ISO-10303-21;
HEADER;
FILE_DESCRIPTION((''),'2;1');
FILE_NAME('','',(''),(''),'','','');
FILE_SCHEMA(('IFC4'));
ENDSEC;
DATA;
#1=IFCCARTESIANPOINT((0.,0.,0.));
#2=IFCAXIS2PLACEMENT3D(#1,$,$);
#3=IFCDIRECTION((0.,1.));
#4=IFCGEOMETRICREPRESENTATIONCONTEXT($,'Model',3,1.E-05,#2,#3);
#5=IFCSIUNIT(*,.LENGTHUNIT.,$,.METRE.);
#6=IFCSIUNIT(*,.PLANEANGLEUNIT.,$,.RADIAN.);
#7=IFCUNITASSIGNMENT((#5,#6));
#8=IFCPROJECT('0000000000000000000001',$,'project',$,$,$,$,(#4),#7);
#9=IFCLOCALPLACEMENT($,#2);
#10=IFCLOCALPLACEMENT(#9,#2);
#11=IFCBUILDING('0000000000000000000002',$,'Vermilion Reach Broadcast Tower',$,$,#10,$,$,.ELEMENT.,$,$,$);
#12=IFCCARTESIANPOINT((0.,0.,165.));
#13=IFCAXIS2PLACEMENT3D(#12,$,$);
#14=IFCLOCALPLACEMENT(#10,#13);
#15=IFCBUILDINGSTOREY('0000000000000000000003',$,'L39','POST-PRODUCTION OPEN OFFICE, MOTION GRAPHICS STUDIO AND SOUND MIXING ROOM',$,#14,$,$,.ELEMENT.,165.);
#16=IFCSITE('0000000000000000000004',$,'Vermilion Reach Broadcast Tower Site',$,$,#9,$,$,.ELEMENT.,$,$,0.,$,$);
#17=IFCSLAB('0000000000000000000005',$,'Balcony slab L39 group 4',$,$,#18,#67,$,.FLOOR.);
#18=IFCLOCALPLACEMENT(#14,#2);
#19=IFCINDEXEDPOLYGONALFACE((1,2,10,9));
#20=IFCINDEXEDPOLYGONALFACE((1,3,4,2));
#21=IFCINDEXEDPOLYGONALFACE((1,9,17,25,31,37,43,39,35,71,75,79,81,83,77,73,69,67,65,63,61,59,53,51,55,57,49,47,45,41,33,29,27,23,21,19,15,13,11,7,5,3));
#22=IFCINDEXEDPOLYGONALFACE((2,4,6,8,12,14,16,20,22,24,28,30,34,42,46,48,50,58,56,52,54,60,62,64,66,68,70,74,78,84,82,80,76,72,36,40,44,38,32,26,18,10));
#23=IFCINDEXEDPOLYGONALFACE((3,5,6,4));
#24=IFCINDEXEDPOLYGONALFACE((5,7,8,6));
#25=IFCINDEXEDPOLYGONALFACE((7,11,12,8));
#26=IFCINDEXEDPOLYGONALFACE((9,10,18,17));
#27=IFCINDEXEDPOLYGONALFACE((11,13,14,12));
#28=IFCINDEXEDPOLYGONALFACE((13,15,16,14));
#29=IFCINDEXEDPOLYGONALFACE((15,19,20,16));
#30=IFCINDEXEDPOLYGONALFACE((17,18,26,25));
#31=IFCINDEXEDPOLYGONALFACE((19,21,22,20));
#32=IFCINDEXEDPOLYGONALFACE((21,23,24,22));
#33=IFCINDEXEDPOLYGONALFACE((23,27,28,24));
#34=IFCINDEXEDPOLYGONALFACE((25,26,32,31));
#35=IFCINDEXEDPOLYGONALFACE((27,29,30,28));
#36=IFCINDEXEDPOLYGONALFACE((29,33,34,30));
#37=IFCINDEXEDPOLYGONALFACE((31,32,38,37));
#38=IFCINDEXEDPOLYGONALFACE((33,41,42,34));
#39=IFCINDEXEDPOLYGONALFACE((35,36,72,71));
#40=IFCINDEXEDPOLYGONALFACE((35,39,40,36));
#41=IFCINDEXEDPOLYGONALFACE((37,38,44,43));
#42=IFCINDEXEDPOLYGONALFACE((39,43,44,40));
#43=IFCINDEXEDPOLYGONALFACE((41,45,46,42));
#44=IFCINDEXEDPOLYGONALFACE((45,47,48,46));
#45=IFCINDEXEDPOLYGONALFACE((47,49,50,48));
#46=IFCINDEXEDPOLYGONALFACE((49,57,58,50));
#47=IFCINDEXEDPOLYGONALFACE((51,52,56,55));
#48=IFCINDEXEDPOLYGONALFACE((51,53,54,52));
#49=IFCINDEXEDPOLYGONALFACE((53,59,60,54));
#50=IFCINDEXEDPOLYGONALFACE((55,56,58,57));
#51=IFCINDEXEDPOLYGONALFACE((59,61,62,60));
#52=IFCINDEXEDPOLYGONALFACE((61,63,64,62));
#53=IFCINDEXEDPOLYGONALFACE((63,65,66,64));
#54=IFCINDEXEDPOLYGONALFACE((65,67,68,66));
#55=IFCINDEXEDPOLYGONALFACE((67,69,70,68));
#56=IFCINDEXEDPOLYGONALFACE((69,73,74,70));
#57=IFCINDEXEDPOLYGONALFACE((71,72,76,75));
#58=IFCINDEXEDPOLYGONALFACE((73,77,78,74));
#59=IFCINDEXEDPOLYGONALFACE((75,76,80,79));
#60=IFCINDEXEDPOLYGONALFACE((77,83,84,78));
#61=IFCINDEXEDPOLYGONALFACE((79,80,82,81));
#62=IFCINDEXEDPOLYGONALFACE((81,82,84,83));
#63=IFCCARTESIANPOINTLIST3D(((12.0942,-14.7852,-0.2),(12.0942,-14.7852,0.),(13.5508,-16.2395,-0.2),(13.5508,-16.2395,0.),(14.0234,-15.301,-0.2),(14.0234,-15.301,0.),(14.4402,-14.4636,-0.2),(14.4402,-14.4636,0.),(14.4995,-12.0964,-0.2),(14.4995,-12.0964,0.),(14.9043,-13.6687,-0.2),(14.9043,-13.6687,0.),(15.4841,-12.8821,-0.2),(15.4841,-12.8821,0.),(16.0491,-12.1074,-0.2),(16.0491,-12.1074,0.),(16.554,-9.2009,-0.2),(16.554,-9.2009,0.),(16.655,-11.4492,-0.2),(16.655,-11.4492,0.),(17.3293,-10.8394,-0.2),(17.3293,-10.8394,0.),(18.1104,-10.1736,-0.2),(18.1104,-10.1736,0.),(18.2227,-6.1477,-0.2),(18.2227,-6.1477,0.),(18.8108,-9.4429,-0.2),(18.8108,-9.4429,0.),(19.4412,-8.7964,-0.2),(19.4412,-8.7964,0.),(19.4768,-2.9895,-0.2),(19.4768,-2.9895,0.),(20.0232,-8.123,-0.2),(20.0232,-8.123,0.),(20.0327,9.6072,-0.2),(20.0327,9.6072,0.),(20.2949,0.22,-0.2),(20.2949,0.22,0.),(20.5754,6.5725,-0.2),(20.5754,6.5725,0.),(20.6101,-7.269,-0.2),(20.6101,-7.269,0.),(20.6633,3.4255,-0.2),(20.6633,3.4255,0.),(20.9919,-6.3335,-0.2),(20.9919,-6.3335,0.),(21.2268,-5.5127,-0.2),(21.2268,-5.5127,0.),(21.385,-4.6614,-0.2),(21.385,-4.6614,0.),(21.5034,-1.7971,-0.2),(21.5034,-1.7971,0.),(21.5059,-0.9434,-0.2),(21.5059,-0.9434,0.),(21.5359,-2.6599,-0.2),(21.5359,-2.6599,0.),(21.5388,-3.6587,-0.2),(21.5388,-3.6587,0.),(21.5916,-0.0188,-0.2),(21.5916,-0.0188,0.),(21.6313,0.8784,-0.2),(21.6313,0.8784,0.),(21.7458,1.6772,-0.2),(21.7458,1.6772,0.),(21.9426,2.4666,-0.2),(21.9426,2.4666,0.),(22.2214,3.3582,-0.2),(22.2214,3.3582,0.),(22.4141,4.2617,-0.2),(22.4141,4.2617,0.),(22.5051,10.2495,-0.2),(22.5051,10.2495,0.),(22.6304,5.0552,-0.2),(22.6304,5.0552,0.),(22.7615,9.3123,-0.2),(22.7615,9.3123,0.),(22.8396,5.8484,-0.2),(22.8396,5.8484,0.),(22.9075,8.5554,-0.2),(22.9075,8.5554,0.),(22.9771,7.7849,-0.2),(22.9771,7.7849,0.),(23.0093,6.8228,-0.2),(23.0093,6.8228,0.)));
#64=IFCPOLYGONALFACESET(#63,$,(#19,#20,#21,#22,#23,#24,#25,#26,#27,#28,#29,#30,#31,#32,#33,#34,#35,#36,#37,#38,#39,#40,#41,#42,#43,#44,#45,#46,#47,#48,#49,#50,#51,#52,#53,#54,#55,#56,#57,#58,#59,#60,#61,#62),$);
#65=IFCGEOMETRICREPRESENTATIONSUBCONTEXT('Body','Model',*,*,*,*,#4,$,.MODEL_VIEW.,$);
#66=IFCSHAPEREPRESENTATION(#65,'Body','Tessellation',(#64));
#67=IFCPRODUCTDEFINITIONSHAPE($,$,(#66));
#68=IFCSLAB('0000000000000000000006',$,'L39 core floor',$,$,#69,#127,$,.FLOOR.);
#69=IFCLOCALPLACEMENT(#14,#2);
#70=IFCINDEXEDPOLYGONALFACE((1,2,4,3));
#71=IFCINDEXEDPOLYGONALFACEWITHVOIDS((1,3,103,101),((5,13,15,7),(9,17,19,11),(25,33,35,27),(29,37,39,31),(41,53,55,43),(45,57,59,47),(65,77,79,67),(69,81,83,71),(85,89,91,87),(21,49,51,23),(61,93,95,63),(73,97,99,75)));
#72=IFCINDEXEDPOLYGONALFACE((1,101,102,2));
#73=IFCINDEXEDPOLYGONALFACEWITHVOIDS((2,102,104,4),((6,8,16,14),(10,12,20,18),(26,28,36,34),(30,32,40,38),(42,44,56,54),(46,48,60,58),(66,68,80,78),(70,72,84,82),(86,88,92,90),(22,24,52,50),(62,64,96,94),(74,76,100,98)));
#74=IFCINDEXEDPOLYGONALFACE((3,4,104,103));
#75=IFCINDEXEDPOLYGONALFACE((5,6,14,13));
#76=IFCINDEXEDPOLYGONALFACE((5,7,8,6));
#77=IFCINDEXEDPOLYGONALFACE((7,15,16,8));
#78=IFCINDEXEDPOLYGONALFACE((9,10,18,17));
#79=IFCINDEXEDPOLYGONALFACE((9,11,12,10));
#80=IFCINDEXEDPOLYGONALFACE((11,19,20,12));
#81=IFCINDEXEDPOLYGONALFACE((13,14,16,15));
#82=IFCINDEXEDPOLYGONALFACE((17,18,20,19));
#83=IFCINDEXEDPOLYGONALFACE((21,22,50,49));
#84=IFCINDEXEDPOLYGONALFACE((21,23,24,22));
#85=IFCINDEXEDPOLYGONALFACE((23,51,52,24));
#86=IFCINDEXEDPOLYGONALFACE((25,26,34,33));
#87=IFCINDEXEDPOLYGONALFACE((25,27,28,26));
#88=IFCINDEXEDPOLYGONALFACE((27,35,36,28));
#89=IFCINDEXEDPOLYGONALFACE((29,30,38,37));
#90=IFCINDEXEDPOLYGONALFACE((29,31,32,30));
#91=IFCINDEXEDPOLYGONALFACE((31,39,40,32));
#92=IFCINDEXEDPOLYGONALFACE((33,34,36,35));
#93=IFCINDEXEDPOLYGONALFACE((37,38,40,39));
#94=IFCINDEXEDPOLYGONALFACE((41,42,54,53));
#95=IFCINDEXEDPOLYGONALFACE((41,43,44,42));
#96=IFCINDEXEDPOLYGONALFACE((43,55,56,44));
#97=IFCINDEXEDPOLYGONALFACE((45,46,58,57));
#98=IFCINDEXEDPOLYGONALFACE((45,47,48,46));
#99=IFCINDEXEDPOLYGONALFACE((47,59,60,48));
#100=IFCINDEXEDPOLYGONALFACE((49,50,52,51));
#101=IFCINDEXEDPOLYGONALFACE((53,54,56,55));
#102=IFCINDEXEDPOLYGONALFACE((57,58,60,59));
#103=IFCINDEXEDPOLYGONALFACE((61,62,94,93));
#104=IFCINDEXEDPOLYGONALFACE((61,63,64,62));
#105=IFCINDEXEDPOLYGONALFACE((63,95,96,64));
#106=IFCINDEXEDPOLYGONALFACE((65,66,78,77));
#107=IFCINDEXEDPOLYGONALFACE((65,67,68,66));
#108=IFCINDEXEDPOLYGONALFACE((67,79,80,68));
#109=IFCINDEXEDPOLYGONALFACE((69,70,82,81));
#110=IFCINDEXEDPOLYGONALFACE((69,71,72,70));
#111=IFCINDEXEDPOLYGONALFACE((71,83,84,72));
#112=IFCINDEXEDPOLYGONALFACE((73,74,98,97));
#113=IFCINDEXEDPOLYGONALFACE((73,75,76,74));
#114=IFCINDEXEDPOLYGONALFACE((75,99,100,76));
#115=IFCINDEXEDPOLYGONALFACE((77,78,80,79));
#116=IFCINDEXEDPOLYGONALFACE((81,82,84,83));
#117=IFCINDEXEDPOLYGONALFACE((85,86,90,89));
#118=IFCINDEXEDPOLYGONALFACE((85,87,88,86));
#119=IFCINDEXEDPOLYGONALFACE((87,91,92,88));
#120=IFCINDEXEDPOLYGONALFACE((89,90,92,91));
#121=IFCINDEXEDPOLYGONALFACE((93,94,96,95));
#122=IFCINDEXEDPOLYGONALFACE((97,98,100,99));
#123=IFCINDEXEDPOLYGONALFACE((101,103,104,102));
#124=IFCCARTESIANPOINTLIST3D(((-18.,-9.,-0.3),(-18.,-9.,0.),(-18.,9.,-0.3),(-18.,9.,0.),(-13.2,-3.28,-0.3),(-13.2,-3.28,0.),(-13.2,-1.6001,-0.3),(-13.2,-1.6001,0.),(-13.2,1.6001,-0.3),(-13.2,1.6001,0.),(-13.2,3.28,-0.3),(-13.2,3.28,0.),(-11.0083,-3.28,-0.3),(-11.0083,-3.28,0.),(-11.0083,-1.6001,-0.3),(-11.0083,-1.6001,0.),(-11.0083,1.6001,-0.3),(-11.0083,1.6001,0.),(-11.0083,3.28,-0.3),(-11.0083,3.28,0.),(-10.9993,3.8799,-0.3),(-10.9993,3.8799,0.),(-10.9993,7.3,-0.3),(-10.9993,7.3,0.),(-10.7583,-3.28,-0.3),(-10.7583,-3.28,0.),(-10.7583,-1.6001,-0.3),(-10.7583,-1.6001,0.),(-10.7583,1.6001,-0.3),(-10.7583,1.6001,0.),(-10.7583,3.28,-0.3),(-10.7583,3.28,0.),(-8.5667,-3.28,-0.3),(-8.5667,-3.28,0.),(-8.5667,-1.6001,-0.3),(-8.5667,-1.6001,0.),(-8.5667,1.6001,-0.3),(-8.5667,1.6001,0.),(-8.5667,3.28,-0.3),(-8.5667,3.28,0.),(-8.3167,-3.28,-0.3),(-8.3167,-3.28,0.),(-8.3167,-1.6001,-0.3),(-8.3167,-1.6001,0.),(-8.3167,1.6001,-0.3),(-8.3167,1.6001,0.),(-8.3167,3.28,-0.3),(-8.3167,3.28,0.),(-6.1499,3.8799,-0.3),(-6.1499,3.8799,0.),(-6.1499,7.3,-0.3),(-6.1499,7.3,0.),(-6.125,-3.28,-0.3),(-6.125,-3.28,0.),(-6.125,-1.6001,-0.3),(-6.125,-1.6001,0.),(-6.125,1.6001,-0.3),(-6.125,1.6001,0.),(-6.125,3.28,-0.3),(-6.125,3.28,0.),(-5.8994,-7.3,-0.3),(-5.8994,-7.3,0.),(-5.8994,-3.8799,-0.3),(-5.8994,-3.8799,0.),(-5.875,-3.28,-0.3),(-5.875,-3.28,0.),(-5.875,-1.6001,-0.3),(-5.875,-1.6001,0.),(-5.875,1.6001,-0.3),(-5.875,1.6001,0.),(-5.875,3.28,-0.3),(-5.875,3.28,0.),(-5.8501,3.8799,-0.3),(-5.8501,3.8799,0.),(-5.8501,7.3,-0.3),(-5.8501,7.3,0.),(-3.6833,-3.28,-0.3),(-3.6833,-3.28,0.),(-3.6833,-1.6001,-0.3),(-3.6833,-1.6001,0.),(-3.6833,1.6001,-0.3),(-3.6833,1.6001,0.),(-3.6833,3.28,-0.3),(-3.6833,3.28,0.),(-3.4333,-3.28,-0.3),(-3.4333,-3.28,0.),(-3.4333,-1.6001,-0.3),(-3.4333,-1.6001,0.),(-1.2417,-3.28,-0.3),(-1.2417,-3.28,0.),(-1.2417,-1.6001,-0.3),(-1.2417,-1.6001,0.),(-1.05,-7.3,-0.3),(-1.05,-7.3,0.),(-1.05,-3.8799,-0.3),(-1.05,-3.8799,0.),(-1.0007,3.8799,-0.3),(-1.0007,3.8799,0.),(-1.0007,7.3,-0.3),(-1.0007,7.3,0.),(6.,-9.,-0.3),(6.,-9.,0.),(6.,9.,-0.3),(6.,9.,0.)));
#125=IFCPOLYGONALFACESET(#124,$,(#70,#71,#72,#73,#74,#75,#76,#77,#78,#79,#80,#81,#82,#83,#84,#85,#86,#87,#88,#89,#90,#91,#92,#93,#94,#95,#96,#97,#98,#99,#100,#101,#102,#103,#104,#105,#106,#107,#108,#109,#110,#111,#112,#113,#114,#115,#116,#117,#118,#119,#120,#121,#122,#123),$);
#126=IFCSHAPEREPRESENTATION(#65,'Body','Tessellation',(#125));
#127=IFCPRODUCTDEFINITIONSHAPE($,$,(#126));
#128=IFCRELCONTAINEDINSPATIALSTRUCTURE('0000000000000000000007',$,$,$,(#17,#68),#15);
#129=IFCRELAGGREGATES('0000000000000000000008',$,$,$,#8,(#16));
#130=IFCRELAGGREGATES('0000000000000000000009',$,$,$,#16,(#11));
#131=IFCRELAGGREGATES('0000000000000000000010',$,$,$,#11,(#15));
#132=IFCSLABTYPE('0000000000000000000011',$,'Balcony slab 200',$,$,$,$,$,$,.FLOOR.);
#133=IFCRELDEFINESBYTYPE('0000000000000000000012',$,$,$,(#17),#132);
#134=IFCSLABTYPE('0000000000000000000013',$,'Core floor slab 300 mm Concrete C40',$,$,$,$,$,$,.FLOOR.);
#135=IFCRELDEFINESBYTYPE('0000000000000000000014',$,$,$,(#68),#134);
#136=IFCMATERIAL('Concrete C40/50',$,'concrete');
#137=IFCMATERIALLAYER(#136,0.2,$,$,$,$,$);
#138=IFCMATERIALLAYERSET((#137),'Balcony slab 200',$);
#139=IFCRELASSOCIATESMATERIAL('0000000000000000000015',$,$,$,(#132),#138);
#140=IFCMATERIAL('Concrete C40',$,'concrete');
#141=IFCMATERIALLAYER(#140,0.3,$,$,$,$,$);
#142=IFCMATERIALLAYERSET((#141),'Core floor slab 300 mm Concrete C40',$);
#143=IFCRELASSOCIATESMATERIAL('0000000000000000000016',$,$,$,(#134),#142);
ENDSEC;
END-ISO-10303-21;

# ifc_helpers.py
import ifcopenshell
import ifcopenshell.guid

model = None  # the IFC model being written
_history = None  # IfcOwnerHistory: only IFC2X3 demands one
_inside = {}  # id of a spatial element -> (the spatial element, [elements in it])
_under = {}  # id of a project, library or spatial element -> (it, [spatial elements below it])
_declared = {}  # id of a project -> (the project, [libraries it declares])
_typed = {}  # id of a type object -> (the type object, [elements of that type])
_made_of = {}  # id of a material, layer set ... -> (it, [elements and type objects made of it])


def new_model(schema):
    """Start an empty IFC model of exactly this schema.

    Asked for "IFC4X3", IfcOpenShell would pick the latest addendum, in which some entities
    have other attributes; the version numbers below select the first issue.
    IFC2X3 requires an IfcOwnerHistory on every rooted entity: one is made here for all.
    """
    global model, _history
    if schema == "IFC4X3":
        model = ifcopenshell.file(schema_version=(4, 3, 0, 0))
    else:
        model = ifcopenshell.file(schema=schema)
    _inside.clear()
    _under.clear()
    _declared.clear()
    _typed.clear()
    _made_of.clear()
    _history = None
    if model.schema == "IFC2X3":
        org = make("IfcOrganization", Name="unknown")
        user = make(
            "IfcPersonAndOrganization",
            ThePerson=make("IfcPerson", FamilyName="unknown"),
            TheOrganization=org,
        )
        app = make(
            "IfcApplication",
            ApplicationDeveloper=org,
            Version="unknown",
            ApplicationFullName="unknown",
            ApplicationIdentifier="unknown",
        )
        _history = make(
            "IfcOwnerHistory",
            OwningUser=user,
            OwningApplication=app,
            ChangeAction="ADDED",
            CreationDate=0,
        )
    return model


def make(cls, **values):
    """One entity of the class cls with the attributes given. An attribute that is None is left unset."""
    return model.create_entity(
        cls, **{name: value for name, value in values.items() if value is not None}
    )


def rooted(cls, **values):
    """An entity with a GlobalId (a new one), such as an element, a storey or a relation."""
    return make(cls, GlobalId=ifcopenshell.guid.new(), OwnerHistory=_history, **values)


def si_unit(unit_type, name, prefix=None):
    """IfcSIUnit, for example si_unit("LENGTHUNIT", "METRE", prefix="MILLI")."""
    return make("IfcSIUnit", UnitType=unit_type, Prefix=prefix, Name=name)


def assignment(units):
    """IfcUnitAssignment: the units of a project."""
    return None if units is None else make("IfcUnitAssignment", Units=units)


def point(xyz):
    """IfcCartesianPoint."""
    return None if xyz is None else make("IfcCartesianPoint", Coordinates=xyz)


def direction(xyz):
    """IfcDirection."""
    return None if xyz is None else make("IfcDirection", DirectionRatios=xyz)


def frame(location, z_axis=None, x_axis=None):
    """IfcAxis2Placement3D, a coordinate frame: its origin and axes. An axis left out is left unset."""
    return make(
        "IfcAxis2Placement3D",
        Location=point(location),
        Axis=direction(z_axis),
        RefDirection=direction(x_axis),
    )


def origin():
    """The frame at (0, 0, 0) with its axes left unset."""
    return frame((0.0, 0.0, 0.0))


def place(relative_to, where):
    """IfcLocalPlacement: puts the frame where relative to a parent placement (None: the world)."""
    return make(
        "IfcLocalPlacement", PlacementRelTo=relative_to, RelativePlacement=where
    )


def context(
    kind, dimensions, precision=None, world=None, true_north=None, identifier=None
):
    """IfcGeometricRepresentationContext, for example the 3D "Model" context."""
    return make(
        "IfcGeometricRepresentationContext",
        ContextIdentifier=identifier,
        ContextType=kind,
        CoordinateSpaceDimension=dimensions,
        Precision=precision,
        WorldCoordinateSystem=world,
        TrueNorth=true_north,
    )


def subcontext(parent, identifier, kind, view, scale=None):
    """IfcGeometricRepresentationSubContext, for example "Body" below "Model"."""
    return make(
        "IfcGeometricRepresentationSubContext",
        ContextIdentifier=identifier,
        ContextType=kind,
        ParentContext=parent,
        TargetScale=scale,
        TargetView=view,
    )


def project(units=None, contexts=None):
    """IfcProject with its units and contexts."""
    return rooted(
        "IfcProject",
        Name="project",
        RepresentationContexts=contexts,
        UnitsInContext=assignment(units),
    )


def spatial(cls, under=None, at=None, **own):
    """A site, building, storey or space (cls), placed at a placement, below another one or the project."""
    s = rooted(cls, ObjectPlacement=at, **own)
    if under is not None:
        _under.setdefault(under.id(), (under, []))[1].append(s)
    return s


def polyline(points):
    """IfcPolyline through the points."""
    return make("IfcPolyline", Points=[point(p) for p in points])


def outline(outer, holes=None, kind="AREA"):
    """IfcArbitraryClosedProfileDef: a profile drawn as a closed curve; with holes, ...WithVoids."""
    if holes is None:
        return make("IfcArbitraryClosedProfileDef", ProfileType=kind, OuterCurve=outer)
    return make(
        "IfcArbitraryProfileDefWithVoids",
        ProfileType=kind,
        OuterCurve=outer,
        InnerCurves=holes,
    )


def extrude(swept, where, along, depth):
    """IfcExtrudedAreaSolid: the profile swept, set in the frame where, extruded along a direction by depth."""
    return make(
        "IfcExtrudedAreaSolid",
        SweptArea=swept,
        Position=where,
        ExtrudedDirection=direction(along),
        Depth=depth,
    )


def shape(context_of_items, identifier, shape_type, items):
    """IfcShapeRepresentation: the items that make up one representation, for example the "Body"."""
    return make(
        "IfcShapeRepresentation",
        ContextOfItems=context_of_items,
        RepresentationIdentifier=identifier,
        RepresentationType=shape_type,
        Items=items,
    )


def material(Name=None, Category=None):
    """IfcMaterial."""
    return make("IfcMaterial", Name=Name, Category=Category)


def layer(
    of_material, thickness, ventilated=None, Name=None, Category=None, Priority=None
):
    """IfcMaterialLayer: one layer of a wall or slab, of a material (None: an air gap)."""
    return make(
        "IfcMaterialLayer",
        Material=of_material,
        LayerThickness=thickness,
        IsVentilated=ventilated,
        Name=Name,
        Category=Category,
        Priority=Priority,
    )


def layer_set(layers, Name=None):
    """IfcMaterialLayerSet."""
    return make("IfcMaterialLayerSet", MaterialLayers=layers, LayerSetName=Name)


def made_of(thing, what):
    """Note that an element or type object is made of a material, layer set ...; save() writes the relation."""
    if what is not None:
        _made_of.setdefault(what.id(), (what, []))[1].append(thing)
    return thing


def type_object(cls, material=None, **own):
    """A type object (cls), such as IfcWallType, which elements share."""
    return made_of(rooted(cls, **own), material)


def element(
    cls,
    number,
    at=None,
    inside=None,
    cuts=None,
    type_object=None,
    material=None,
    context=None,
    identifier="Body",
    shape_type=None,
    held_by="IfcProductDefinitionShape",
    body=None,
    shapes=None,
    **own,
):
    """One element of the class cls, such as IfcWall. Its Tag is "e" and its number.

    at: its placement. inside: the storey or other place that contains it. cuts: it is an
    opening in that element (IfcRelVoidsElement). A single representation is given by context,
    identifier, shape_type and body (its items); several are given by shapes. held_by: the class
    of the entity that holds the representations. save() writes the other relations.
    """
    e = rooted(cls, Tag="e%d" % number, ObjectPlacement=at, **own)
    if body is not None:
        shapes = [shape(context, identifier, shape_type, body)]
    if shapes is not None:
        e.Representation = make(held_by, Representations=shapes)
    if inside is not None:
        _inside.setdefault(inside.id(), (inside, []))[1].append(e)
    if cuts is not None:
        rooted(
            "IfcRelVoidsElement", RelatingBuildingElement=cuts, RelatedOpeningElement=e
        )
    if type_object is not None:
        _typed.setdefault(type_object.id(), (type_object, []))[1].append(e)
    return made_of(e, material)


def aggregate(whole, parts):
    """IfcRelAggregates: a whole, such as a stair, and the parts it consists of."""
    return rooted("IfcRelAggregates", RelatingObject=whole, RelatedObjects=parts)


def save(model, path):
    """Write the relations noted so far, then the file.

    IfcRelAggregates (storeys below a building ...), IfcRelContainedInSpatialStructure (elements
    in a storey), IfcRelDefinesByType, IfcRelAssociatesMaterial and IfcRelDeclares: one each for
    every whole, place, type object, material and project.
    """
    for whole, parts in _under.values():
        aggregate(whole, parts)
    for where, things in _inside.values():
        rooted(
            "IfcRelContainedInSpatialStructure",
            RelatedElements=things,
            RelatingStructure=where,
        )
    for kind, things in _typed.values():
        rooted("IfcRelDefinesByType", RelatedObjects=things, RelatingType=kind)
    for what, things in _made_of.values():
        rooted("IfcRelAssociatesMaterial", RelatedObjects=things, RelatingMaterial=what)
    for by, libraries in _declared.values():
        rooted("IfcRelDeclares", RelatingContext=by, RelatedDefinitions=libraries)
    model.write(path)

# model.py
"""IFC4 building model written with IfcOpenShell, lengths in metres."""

from ifc_helpers import new_model, si_unit, direction, frame, origin, place, context, subcontext, project, spatial, polyline, outline, extrude, material, layer, layer_set, type_object, element, save


model = new_model("IFC4")

# Units and contexts
model_context = context("Model", 3, precision=1e-05, world=origin(), true_north=direction((0.0, 1.0)))
body_context = subcontext(model_context, "Body", "Model", "MODEL_VIEW")
ifc_project = project(units=[si_unit("LENGTHUNIT", "METRE"), si_unit("PLANEANGLEUNIT", "RADIAN")], contexts=[model_context])

# Site, building, storey
site_placement = place(None, origin())
site = spatial("IfcSite", under=ifc_project, at=site_placement, Name="Vermilion Reach Broadcast Tower Site", CompositionType="ELEMENT", RefElevation=0.0)
building_placement = place(site_placement, origin())
building = spatial("IfcBuilding", under=site, at=building_placement, Name="Vermilion Reach Broadcast Tower", CompositionType="ELEMENT")
storey_placement = place(building_placement, frame((0.0, 0.0, 165.0)))
storey = spatial("IfcBuildingStorey", under=building, at=storey_placement, Name="L39", Description="POST-PRODUCTION OPEN OFFICE, MOTION GRAPHICS STUDIO AND SOUND MIXING ROOM", CompositionType="ELEMENT", Elevation=165.0)

# Slabs
ifc_material_1 = material(Name="Concrete C40/50", Category="concrete")
ifc_layer_1 = layer(ifc_material_1, 0.2)
ifc_layer_set_1 = layer_set([ifc_layer_1], Name="Balcony slab 200")
slab_type_1 = type_object("IfcSlabType", Name="Balcony slab 200", PredefinedType="FLOOR", material=ifc_layer_set_1)
placement_1 = place(storey_placement, frame((0.0, 0.0, -0.2)))
element("IfcSlab", 1, at=placement_1, inside=storey, type_object=slab_type_1, Name="Balcony slab L39 group 4", PredefinedType="FLOOR", context=body_context, shape_type="SweptSolid", body=[
    extrude(outline(polyline([(12.0942, -14.7852), (14.4995, -12.0964), (16.554, -9.2009), (18.2227, -6.1477), (19.4768, -2.9895), (20.2949, 0.22), (20.6633, 3.4255), (20.5754, 6.5725), (20.0327, 9.6072), (22.5051, 10.2495), (22.7615, 9.3123), (22.9075, 8.5554), (22.9771, 7.7849), (23.0093, 6.8228), (22.8396, 5.8484), (22.6304, 5.0552), (22.4141, 4.2617), (22.2214, 3.3582), (21.9426, 2.4666), (21.7458, 1.6772), (21.6313, 0.8784), (21.5916, -0.0188), (21.5059, -0.9434), (21.5034, -1.7971), (21.5359, -2.6599), (21.5388, -3.6587), (21.385, -4.6614), (21.2268, -5.5127), (20.9919, -6.3335), (20.6101, -7.269), (20.0232, -8.123), (19.4412, -8.7964), (18.8108, -9.4429), (18.1104, -10.1736), (17.3293, -10.8394), (16.655, -11.4492), (16.0491, -12.1074), (15.4841, -12.8821), (14.9043, -13.6687), (14.4402, -14.4636), (14.0234, -15.301), (13.5508, -16.2395), (12.0942, -14.7852)])), origin(), (0.0, 0.0, 1.0), 0.2),
])
ifc_material_2 = material(Name="Concrete C40", Category="concrete")
ifc_layer_2 = layer(ifc_material_2, 0.3)
ifc_layer_set_2 = layer_set([ifc_layer_2], Name="Core floor slab 300 mm Concrete C40")
slab_type_2 = type_object("IfcSlabType", Name="Core floor slab 300 mm Concrete C40", PredefinedType="FLOOR", material=ifc_layer_set_2)
slab_1_placement = place(storey_placement, frame((0.0, 0.0, -0.3)))
element("IfcSlab", 2, at=slab_1_placement, inside=storey, type_object=slab_type_2, Name="L39 core floor", PredefinedType="FLOOR", context=body_context, shape_type="SweptSolid", body=[
    extrude(outline(polyline([(-18.0, -9.0), (6.0, -9.0), (6.0, 9.0), (-18.0, 9.0), (-18.0, -9.0)]), holes=[polyline([(-13.2, 1.6001), (-11.0083, 1.6001), (-11.0083, 3.28), (-13.2, 3.28), (-13.2, 1.6001)]), polyline([(-10.7583, 1.6001), (-8.5667, 1.6001), (-8.5667, 3.28), (-10.7583, 3.28), (-10.7583, 1.6001)]), polyline([(-8.3167, 1.6001), (-6.125, 1.6001), (-6.125, 3.28), (-8.3167, 3.28), (-8.3167, 1.6001)]), polyline([(-5.875, 1.6001), (-3.6833, 1.6001), (-3.6833, 3.28), (-5.875, 3.28), (-5.875, 1.6001)]), polyline([(-13.2, -3.28), (-11.0083, -3.28), (-11.0083, -1.6001), (-13.2, -1.6001), (-13.2, -3.28)]), polyline([(-10.7583, -3.28), (-8.5667, -3.28), (-8.5667, -1.6001), (-10.7583, -1.6001), (-10.7583, -3.28)]), polyline([(-8.3167, -3.28), (-6.125, -3.28), (-6.125, -1.6001), (-8.3167, -1.6001), (-8.3167, -3.28)]), polyline([(-5.875, -3.28), (-3.6833, -3.28), (-3.6833, -1.6001), (-5.875, -1.6001), (-5.875, -3.28)]), polyline([(-3.4333, -3.28), (-1.2417, -3.28), (-1.2417, -1.6001), (-3.4333, -1.6001), (-3.4333, -3.28)]), polyline([(-10.9993, 3.8799), (-6.1499, 3.8799), (-6.1499, 7.3), (-10.9993, 7.3), (-10.9993, 3.8799)]), polyline([(-1.0007, 7.3), (-5.8501, 7.3), (-5.8501, 3.8799), (-1.0007, 3.8799), (-1.0007, 7.3)]), polyline([(-5.8994, -7.3), (-1.05, -7.3), (-1.05, -3.8799), (-5.8994, -3.8799), (-5.8994, -7.3)])]), origin(), (0.0, 0.0, 1.0), 0.3),
])

save(model, "model.ifc")
